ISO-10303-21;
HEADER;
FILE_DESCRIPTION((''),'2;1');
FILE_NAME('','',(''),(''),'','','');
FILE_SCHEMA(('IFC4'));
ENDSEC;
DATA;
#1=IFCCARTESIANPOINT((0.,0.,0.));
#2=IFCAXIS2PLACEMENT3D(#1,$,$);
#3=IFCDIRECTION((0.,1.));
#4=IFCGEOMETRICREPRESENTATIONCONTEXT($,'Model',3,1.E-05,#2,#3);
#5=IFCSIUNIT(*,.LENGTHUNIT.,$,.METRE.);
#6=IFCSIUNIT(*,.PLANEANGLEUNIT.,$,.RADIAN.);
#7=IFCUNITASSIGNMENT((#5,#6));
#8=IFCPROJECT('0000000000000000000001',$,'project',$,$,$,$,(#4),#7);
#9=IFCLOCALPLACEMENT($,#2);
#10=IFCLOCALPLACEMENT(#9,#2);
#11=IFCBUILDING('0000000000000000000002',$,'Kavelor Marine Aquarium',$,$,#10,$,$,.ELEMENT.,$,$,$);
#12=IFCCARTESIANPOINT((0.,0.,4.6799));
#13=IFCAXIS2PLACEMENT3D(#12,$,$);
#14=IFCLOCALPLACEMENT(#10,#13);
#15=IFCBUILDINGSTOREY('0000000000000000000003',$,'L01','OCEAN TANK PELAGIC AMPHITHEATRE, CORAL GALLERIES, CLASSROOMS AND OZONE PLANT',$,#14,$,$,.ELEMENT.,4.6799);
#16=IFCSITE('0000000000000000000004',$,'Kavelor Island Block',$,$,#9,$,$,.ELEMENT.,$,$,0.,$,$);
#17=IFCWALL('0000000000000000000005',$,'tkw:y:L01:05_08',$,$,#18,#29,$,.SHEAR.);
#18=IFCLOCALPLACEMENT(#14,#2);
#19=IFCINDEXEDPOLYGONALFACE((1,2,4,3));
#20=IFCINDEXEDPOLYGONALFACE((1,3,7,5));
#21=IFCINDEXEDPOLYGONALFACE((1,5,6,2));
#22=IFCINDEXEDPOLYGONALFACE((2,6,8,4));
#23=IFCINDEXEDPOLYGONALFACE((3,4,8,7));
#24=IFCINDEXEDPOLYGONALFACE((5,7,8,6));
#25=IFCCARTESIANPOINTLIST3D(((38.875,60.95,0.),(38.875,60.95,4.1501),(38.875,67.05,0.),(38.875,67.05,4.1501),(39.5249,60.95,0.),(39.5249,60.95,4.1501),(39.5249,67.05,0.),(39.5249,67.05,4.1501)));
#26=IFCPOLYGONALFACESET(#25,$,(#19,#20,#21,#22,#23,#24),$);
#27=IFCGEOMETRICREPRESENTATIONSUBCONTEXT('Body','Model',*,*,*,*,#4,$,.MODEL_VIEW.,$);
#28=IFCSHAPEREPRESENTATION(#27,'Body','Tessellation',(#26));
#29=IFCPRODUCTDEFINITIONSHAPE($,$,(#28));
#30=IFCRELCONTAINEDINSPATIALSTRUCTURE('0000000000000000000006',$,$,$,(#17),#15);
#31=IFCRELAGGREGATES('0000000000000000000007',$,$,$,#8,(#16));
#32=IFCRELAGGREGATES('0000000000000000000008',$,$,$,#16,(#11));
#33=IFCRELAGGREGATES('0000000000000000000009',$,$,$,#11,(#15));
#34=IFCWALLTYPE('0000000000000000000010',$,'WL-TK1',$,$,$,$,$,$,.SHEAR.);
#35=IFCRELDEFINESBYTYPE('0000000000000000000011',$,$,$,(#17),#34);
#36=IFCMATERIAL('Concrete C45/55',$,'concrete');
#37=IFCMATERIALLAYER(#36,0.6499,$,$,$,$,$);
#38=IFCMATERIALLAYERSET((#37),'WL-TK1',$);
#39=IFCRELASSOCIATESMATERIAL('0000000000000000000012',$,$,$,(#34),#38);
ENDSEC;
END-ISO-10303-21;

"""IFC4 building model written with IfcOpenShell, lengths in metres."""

from ifc_helpers import new_model, si_unit, direction, frame, frame_2d, origin, place, context, subcontext, project, spatial, rectangle, extrude, material, layer, layer_set, type_object, element, save


model = new_model("IFC4")

# Units and contexts
model_context = context("Model", 3, precision=1e-05, world=origin(), true_north=direction((0.0, 1.0)))
body_context = subcontext(model_context, "Body", "Model", "MODEL_VIEW")
ifc_project = project(units=[si_unit("LENGTHUNIT", "METRE"), si_unit("PLANEANGLEUNIT", "RADIAN")], contexts=[model_context])

# Site, building, storey
site_placement = place(None, origin())
site = spatial("IfcSite", under=ifc_project, at=site_placement, Name="Kavelor Island Block", CompositionType="ELEMENT", RefElevation=0.0)
building_placement = place(site_placement, origin())
building = spatial("IfcBuilding", under=site, at=building_placement, Name="Kavelor Marine Aquarium", CompositionType="ELEMENT")
storey_placement = place(building_placement, frame((0.0, 0.0, 4.6799)))
storey = spatial("IfcBuildingStorey", under=building, at=storey_placement, Name="L01", Description="OCEAN TANK PELAGIC AMPHITHEATRE, CORAL GALLERIES, CLASSROOMS AND OZONE PLANT", CompositionType="ELEMENT", Elevation=4.6799)

# Wall
ifc_material_1 = material(Name="Concrete C45/55", Category="concrete")
ifc_layer_1 = layer(ifc_material_1, 0.6499)
ifc_layer_set_1 = layer_set([ifc_layer_1], Name="WL-TK1")
wall_type = type_object("IfcWallType", Name="WL-TK1", PredefinedType="SHEAR", material=ifc_layer_set_1)
wall_placement = place(storey_placement, frame((39.2, 60.95, 0.0), z_axis=(0.0, 0.0, 1.0), x_axis=(0.0, 1.0, 0.0)))
element("IfcWall", 1, at=wall_placement, inside=storey, type_object=wall_type, Name="tkw:y:L01:05_08", PredefinedType="SHEAR", context=body_context, shape_type="SweptSolid", body=[
    extrude(rectangle(XDim=6.1001, YDim=0.6499, at=frame_2d((3.05, 0.0))), origin(), (0.0, 0.0, 1.0), 4.1501),
])

save(model, "model.ifc")
